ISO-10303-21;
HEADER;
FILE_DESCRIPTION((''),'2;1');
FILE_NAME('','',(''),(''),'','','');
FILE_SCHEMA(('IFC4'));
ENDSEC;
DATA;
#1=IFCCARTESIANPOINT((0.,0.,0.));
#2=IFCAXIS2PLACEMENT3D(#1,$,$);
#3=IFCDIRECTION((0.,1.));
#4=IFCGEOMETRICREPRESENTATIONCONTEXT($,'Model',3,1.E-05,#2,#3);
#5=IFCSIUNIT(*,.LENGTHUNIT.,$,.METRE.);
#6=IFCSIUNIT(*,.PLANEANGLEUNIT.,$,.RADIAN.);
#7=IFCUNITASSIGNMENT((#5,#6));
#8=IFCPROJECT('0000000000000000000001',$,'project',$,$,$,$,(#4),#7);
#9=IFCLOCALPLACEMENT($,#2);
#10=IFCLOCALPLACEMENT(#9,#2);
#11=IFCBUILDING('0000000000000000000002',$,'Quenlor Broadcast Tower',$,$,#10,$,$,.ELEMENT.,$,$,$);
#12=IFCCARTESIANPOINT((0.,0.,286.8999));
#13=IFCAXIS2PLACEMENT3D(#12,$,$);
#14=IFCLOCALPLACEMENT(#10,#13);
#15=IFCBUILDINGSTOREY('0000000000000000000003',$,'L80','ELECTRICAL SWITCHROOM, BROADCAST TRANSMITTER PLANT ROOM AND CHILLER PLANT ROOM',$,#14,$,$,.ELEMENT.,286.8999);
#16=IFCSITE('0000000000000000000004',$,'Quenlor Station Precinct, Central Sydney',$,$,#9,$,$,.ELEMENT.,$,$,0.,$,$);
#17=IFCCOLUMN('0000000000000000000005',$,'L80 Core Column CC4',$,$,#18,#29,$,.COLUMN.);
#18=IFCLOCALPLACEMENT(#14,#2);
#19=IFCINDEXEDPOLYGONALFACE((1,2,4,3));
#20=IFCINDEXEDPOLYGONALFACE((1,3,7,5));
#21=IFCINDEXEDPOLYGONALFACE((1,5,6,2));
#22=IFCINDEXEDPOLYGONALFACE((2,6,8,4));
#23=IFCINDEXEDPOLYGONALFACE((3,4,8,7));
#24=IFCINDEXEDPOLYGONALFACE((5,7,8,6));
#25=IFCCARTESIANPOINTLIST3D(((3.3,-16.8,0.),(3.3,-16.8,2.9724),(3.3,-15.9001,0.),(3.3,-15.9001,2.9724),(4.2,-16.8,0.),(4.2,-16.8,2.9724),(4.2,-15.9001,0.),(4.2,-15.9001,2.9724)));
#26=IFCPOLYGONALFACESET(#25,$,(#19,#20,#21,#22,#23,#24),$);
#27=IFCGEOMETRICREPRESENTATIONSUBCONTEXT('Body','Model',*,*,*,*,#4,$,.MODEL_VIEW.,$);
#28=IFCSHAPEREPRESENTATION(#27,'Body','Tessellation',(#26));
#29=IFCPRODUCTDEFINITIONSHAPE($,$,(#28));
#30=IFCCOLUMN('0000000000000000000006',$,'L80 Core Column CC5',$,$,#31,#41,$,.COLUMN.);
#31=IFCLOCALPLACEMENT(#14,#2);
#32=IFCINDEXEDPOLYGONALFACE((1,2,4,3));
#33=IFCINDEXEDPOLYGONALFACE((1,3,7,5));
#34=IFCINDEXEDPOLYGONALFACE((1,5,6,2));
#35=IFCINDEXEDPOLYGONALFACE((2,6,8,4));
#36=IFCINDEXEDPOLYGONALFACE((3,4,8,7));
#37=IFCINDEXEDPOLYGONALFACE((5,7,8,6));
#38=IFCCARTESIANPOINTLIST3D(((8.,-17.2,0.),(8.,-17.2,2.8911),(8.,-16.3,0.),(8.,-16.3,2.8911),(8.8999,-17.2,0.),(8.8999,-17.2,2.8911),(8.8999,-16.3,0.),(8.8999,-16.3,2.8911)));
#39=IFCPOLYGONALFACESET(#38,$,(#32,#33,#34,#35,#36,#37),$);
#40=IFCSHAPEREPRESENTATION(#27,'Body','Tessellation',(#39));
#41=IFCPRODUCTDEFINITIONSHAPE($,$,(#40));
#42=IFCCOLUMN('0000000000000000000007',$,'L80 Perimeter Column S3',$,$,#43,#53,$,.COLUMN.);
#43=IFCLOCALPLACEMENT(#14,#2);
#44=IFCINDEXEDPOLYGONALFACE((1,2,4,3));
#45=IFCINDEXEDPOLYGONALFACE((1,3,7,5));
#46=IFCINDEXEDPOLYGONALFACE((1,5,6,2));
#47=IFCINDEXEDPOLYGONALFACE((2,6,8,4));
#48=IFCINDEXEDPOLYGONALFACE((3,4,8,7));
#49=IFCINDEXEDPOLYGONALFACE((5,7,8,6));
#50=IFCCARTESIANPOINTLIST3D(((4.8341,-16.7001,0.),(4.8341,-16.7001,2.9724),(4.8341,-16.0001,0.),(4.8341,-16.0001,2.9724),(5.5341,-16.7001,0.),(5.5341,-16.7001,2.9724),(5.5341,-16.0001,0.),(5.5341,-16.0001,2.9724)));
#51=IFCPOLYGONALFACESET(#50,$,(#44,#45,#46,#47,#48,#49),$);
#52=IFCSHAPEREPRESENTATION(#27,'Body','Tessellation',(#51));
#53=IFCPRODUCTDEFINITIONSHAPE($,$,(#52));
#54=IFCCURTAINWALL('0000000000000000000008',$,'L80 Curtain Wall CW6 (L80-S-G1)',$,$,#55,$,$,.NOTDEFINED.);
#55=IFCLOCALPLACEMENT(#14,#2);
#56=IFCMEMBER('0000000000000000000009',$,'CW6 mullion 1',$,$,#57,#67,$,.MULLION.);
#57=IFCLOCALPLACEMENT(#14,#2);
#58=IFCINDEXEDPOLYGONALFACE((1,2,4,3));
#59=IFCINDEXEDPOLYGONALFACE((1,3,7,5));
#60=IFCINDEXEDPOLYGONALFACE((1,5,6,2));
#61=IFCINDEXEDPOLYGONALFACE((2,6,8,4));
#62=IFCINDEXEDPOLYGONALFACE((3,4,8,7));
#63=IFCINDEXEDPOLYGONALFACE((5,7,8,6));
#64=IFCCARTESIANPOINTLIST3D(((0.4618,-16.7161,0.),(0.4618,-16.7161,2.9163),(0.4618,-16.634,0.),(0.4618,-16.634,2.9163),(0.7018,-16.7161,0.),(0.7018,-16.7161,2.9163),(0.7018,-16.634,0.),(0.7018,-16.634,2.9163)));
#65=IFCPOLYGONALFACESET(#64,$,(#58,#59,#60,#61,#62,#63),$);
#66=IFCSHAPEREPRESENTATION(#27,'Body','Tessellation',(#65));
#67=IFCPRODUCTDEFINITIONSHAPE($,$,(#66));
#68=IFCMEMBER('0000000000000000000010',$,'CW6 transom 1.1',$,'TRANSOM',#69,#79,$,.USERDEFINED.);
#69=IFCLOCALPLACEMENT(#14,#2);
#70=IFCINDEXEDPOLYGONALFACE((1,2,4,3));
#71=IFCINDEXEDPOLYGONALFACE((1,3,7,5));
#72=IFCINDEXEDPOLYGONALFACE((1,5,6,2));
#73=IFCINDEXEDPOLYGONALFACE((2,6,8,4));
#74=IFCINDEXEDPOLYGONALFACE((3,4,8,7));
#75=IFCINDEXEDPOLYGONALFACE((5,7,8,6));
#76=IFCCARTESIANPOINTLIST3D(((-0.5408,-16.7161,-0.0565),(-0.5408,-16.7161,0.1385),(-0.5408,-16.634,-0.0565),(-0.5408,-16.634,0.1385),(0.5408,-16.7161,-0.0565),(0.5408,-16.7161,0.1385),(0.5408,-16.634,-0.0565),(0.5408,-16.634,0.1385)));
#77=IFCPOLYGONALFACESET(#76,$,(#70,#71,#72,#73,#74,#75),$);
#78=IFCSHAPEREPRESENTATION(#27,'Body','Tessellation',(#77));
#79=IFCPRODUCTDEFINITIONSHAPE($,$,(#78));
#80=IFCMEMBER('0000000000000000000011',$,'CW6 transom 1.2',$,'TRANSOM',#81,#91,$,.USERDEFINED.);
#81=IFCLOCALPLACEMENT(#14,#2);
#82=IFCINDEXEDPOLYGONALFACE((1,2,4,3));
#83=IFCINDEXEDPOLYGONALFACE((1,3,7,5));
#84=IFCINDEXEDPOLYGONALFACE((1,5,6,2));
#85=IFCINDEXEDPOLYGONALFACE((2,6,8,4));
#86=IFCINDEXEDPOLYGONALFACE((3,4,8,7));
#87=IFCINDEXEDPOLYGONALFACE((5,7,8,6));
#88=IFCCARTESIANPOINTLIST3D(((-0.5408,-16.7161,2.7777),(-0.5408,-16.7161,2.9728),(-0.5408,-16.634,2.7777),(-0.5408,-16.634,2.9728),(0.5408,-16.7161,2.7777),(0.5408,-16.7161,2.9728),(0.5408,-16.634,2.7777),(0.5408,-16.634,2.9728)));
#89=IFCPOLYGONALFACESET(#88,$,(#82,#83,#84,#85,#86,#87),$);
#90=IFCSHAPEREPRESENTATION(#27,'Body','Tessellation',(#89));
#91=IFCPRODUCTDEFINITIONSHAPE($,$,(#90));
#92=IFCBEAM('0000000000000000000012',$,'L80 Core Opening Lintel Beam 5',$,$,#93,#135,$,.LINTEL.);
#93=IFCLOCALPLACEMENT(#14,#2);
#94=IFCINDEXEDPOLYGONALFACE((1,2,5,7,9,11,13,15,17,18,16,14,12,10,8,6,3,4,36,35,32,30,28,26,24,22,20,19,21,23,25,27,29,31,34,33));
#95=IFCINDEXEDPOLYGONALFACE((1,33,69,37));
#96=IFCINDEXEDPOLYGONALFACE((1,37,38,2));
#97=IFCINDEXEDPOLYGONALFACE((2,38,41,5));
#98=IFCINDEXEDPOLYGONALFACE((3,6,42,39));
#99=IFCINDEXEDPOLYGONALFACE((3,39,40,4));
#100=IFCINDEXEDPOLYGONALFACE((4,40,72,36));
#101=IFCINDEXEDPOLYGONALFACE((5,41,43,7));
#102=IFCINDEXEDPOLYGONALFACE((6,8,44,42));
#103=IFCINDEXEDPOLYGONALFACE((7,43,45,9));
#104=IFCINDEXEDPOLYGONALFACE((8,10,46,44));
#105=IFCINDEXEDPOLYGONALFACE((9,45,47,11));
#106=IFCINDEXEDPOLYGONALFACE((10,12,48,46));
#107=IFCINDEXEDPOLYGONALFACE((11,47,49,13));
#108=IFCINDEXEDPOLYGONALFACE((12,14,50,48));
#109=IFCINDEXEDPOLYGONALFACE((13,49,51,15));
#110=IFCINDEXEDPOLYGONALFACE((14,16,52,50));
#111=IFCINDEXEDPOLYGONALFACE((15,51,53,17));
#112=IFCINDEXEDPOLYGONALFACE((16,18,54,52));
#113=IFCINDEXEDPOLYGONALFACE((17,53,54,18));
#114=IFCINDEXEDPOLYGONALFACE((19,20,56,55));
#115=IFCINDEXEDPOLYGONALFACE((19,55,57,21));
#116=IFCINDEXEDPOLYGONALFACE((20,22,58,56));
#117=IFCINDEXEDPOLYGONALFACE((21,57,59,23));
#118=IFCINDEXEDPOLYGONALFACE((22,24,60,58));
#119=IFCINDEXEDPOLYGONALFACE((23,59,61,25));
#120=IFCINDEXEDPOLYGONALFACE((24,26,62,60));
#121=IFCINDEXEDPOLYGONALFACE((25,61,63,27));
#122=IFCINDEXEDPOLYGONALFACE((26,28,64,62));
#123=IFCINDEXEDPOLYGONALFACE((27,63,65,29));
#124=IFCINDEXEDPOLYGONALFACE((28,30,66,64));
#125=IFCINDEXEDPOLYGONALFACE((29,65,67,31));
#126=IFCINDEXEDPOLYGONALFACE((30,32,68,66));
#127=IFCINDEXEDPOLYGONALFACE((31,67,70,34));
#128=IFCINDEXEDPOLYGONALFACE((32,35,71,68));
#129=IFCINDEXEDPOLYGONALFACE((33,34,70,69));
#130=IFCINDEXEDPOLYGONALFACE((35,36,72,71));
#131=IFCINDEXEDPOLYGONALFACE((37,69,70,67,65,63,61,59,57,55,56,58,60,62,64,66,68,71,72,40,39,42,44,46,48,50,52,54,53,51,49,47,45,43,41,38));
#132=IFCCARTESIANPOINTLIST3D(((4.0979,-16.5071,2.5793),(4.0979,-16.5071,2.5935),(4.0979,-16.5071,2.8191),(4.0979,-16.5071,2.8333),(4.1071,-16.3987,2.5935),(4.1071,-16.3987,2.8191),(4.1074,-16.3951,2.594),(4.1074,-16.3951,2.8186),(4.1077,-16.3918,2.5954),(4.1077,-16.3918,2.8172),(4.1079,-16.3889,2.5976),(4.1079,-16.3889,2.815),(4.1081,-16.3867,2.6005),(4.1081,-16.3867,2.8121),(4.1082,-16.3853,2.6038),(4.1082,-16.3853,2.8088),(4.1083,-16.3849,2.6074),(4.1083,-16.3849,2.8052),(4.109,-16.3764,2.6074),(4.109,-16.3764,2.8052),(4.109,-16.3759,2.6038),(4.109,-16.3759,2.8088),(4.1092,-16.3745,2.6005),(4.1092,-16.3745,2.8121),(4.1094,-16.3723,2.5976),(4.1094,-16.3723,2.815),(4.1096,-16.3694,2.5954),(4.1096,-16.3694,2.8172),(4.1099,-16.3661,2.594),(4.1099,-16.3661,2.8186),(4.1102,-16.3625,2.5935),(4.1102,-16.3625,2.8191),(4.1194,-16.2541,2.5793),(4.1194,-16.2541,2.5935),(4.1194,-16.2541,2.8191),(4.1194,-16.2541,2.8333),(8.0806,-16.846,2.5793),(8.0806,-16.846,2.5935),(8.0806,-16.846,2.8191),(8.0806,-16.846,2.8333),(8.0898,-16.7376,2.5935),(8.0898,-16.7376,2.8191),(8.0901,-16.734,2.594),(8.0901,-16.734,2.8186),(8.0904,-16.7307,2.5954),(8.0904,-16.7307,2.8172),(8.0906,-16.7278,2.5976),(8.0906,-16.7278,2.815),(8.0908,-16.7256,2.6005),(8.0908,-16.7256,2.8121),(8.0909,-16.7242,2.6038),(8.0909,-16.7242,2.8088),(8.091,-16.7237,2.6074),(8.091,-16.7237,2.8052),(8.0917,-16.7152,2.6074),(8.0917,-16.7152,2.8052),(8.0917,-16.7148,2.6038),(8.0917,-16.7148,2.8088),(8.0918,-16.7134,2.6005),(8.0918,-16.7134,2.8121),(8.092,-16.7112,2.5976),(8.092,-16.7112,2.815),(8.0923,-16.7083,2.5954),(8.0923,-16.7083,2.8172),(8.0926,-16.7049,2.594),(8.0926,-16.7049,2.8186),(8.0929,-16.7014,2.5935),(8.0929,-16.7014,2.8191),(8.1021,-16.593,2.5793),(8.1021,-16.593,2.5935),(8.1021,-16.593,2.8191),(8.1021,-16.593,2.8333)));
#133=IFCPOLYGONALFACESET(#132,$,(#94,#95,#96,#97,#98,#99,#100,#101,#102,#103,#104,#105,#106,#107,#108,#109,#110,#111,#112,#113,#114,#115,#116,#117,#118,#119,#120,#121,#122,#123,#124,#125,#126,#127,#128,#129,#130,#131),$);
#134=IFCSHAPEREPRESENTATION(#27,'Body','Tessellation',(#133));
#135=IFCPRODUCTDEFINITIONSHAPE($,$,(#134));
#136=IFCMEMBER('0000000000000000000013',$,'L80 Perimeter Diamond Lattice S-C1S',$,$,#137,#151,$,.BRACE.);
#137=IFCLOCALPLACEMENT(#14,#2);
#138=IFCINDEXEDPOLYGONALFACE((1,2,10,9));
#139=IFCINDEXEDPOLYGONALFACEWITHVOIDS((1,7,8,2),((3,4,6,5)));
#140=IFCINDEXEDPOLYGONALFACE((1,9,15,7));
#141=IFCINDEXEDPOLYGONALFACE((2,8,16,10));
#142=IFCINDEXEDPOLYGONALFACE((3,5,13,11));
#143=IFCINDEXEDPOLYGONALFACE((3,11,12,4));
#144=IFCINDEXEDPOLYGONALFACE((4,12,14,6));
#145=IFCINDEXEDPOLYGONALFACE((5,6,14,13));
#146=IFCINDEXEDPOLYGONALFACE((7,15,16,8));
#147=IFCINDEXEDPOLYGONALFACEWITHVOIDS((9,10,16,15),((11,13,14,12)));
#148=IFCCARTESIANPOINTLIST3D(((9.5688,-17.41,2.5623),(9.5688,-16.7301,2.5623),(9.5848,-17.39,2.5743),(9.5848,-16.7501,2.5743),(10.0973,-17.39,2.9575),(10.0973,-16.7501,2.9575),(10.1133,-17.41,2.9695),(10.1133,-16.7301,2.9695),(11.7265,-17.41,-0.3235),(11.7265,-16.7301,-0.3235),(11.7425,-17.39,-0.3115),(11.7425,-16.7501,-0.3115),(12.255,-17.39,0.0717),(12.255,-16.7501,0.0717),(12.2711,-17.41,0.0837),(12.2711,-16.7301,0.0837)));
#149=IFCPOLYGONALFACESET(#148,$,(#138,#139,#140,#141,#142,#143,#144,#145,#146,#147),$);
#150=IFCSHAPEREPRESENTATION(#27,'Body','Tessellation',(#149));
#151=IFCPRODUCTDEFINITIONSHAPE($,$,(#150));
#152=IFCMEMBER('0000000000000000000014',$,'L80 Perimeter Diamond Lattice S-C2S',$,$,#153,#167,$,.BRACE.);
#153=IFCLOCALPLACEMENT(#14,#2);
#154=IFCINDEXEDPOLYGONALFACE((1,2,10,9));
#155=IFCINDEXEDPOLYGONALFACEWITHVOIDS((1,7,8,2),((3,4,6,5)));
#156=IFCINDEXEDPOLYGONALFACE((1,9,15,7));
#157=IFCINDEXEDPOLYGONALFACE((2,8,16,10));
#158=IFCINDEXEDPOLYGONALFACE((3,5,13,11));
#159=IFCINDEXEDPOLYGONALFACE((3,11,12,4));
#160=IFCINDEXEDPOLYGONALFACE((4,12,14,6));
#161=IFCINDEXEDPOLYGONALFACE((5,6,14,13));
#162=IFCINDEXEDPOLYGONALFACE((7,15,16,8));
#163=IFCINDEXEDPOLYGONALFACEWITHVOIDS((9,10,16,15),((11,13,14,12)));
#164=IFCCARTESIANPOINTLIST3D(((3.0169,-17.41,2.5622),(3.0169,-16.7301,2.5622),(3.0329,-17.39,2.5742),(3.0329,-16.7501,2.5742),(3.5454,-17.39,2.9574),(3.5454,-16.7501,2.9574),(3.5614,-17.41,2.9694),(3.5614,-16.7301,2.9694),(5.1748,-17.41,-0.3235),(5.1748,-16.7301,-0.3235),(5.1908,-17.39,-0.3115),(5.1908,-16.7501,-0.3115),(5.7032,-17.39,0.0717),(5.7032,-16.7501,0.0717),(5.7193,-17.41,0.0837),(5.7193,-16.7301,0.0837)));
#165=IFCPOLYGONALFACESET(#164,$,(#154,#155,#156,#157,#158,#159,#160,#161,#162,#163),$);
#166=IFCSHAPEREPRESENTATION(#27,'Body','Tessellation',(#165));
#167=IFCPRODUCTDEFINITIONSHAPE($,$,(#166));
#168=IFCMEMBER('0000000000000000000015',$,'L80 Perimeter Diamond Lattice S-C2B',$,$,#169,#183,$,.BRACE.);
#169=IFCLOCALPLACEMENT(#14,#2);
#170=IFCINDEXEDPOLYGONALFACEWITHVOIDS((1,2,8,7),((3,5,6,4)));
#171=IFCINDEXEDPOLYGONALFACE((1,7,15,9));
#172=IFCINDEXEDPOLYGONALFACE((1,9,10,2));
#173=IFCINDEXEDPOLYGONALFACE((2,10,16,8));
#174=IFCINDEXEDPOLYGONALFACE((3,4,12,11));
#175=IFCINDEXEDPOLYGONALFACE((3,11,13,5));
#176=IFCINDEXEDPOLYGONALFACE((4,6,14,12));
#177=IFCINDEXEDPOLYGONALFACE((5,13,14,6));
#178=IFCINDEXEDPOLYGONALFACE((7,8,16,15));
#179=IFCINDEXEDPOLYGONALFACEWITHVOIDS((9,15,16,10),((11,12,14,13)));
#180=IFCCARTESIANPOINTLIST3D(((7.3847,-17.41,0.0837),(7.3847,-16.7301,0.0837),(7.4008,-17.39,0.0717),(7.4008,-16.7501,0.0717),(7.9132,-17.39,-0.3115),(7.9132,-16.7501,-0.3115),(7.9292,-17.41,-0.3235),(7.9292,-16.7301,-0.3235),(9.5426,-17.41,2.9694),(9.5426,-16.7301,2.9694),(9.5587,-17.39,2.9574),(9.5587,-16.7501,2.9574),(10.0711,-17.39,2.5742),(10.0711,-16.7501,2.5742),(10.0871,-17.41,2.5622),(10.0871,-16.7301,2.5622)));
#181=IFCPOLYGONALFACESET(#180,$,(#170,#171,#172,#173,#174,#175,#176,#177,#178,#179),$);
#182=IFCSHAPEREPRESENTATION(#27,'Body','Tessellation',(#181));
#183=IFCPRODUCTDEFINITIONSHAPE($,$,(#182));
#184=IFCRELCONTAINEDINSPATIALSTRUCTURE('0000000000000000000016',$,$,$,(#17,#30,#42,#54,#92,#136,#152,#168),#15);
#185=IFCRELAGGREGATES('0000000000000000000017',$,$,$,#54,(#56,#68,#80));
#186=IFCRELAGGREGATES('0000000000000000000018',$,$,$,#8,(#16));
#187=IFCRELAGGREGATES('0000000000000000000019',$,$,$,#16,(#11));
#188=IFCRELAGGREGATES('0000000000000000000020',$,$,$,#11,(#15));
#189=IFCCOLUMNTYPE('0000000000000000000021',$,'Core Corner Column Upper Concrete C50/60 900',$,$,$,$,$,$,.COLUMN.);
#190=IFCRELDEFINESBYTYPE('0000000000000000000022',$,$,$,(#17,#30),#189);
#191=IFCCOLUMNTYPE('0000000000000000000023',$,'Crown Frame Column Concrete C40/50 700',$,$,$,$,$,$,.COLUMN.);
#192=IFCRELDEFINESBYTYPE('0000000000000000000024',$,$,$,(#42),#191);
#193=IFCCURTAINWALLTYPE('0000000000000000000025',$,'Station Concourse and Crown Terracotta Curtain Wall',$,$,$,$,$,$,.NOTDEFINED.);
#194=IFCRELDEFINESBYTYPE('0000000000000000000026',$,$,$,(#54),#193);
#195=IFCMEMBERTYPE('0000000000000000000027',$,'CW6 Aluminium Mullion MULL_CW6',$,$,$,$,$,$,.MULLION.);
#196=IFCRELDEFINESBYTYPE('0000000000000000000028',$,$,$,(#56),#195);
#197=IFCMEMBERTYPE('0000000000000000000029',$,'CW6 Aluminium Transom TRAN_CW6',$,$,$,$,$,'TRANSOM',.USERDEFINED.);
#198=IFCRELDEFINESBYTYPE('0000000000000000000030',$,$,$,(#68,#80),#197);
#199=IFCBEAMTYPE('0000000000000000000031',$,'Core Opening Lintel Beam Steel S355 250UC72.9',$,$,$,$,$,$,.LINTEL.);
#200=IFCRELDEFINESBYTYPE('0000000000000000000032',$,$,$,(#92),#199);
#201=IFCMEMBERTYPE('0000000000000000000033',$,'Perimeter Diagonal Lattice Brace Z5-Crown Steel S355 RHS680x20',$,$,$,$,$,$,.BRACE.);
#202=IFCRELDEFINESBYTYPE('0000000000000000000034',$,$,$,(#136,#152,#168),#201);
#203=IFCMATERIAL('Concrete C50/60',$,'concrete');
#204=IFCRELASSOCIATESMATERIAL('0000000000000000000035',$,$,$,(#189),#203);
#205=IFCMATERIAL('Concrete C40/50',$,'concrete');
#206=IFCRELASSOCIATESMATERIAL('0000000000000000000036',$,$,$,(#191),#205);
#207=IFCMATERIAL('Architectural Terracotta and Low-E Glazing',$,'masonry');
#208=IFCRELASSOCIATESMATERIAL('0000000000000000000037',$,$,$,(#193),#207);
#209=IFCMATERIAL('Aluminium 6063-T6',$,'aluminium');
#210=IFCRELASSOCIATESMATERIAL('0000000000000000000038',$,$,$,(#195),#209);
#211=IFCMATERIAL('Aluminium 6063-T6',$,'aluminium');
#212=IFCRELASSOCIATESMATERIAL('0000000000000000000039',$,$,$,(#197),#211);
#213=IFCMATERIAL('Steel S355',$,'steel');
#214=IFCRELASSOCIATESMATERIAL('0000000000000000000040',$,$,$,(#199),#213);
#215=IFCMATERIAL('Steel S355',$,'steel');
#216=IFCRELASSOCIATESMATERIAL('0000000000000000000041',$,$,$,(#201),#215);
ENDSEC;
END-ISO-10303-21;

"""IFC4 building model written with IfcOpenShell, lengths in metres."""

from ifc_helpers import new_model, si_unit, direction, frame, origin, origin_2d, place, context, subcontext, project, spatial, rectangle, hollow_rectangle, i_section, extrude, material, material_profile, profile_set, type_object, element, aggregate, save


model = new_model("IFC4")

# Units and contexts
model_context = context("Model", 3, precision=1e-05, world=origin(), true_north=direction((0.0, 1.0)))
body_context = subcontext(model_context, "Body", "Model", "MODEL_VIEW")
ifc_project = project(units=[si_unit("LENGTHUNIT", "METRE"), si_unit("PLANEANGLEUNIT", "RADIAN")], contexts=[model_context])

# Site, building, storey
site_placement = place(None, origin())
site = spatial("IfcSite", under=ifc_project, at=site_placement, Name="Quenlor Station Precinct, Central Sydney", CompositionType="ELEMENT", RefElevation=0.0)
building_placement = place(site_placement, origin())
building = spatial("IfcBuilding", under=site, at=building_placement, Name="Quenlor Broadcast Tower", CompositionType="ELEMENT")
storey_placement = place(building_placement, frame((0.0, 0.0, 286.8999)))
storey = spatial("IfcBuildingStorey", under=building, at=storey_placement, Name="L80", Description="ELECTRICAL SWITCHROOM, BROADCAST TRANSMITTER PLANT ROOM AND CHILLER PLANT ROOM", CompositionType="ELEMENT", Elevation=286.8999)

# Columns
ifc_material_1 = material(Name="Concrete C50/60", Category="concrete")
ifc_material_profile_1 = material_profile(ifc_material_1, rectangle(XDim=0.8999, YDim=0.8999, at=origin_2d()))
ifc_profile_set_1 = profile_set([ifc_material_profile_1], Name="Concrete C50/60 RC900x900")
column_type_1 = type_object("IfcColumnType", Name="Core Corner Column Upper Concrete C50/60 900", PredefinedType="COLUMN", material=ifc_profile_set_1)
column_1_placement = place(storey_placement, frame((3.75, -16.3501, 0.0), z_axis=(0.0, 0.0, 1.0), x_axis=(1.0, 0.0, 0.0)))
element("IfcColumn", 1, at=column_1_placement, inside=storey, type_object=column_type_1, Name="L80 Core Column CC4", PredefinedType="COLUMN", context=body_context, shape_type="SweptSolid", body=[
    extrude(rectangle(XDim=0.8999, YDim=0.8999, at=origin_2d()), origin(), (0.0, 0.0, 1.0), 2.9724),
])
column_2_placement = place(storey_placement, frame((8.45, -16.75, 0.0), z_axis=(0.0, 0.0, 1.0), x_axis=(1.0, 0.0, 0.0)))
element("IfcColumn", 2, at=column_2_placement, inside=storey, type_object=column_type_1, Name="L80 Core Column CC5", PredefinedType="COLUMN", context=body_context, shape_type="SweptSolid", body=[
    extrude(rectangle(XDim=0.8999, YDim=0.8999, at=origin_2d()), origin(), (0.0, 0.0, 1.0), 2.8911),
])
ifc_material_2 = material(Name="Concrete C40/50", Category="concrete")
ifc_material_profile_2 = material_profile(ifc_material_2, rectangle(XDim=0.7, YDim=0.7, at=origin_2d()))
ifc_profile_set_2 = profile_set([ifc_material_profile_2], Name="Concrete C40/50 RC700x700")
column_type_2 = type_object("IfcColumnType", Name="Crown Frame Column Concrete C40/50 700", PredefinedType="COLUMN", material=ifc_profile_set_2)
column_3_placement = place(storey_placement, frame((5.1841, -16.3501, 0.0), z_axis=(0.0, 0.0, 1.0), x_axis=(0.0, 1.0, 0.0)))
element("IfcColumn", 3, at=column_3_placement, inside=storey, type_object=column_type_2, Name="L80 Perimeter Column S3", PredefinedType="COLUMN", context=body_context, shape_type="SweptSolid", body=[
    extrude(rectangle(XDim=0.7, YDim=0.7, at=origin_2d()), origin(), (0.0, 0.0, 1.0), 2.9724),
])

# Curtain wall, members
ifc_material_3 = material(Name="Architectural Terracotta and Low-E Glazing", Category="masonry")
curtain_wall_type = type_object("IfcCurtainWallType", Name="Station Concourse and Crown Terracotta Curtain Wall", PredefinedType="NOTDEFINED", material=ifc_material_3)
curtain_wall_placement = place(storey_placement, origin())
curtain_wall = element("IfcCurtainWall", 4, at=curtain_wall_placement, inside=storey, type_object=curtain_wall_type, Name="L80 Curtain Wall CW6 (L80-S-G1)", PredefinedType="NOTDEFINED")
ifc_material_4 = material(Name="Aluminium 6063-T6", Category="aluminium")
ifc_material_profile_3 = material_profile(ifc_material_4, rectangle(XDim=0.082, YDim=0.24, at=origin_2d()))
ifc_profile_set_3 = profile_set([ifc_material_profile_3], Name="Aluminium 6063-T6 MULL82x240")
member_type_1 = type_object("IfcMemberType", Name="CW6 Aluminium Mullion MULL_CW6", PredefinedType="MULLION", material=ifc_profile_set_3)
member_1_placement = place(storey_placement, frame((0.5818, -16.675, 0.0), z_axis=(0.0, 0.0, 1.0), x_axis=(0.0, -1.0, 0.0)))
member_1 = element("IfcMember", 5, at=member_1_placement, type_object=member_type_1, Name="CW6 mullion 1", PredefinedType="MULLION", context=body_context, shape_type="SweptSolid", body=[
    extrude(rectangle(XDim=0.082, YDim=0.24, at=origin_2d()), origin(), (0.0, 0.0, 1.0), 2.9163),
])
ifc_material_5 = material(Name="Aluminium 6063-T6", Category="aluminium")
ifc_material_profile_4 = material_profile(ifc_material_5, rectangle(XDim=0.082, YDim=0.1951, at=origin_2d()))
ifc_profile_set_4 = profile_set([ifc_material_profile_4], Name="Aluminium 6063-T6 TRAN82x195")
member_type_2 = type_object("IfcMemberType", Name="CW6 Aluminium Transom TRAN_CW6", ElementType="TRANSOM", PredefinedType="USERDEFINED", material=ifc_profile_set_4)
member_2_placement = place(storey_placement, frame((0.5408, -16.675, 0.041), z_axis=(-1.0, 0.0, 0.0), x_axis=(0.0, -1.0, 0.0)))
member_2 = element("IfcMember", 6, at=member_2_placement, type_object=member_type_2, Name="CW6 transom 1.1", ObjectType="TRANSOM", PredefinedType="USERDEFINED", context=body_context, shape_type="SweptSolid", body=[
    extrude(rectangle(XDim=0.082, YDim=0.1951, at=origin_2d()), origin(), (0.0, 0.0, 1.0), 1.0815),
])
member_3_placement = place(storey_placement, frame((0.5408, -16.675, 2.8752), z_axis=(-1.0, 0.0, 0.0), x_axis=(0.0, -1.0, 0.0)))
member_3 = element("IfcMember", 7, at=member_3_placement, type_object=member_type_2, Name="CW6 transom 1.2", ObjectType="TRANSOM", PredefinedType="USERDEFINED", context=body_context, shape_type="SweptSolid", body=[
    extrude(rectangle(XDim=0.082, YDim=0.1951, at=origin_2d()), origin(), (0.0, 0.0, 1.0), 1.0815),
])
aggregate(curtain_wall, [member_1, member_2, member_3])

# Beam
ifc_material_6 = material(Name="Steel S355", Category="steel")
ifc_material_profile_5 = material_profile(ifc_material_6, i_section(OverallWidth=0.2539, OverallDepth=0.2539, WebThickness=0.0085, FlangeThickness=0.0142, FilletRadius=0.0139, at=origin_2d()))
ifc_profile_set_5 = profile_set([ifc_material_profile_5], Name="Steel S355 250UC72.9")
beam_type = type_object("IfcBeamType", Name="Core Opening Lintel Beam Steel S355 250UC72.9", PredefinedType="LINTEL", material=ifc_profile_set_5)
beam_placement = place(storey_placement, frame((4.1086, -16.3806, 2.7063), z_axis=(0.9964, -0.084779, 0.0), x_axis=(0.084779, 0.9964, 0.0)))
element("IfcBeam", 8, at=beam_placement, inside=storey, type_object=beam_type, Name="L80 Core Opening Lintel Beam 5", PredefinedType="LINTEL", context=body_context, shape_type="SweptSolid", body=[
    extrude(i_section(OverallWidth=0.2539, OverallDepth=0.2539, WebThickness=0.0085, FlangeThickness=0.0142, FilletRadius=0.0139, at=origin_2d()), origin(), (0.0, 0.0, 1.0), 3.9971),
])

# Members
ifc_material_7 = material(Name="Steel S355", Category="steel")
ifc_material_profile_6 = material_profile(ifc_material_7, hollow_rectangle(XDim=0.6799, YDim=0.6799, WallThickness=0.02, at=origin_2d()))
ifc_profile_set_6 = profile_set([ifc_material_profile_6], Name="Steel S355 RHS680x680x20")
member_type_3 = type_object("IfcMemberType", Name="Perimeter Diagonal Lattice Brace Z5-Crown Steel S355 RHS680x20", PredefinedType="BRACE", material=ifc_profile_set_6)
for number, where, z_axis, x_axis, name in (
    (9, (11.9988, -17.0701, -0.1199), (-0.598829, 0.0, 0.800877), (0.0, -1.0, 0.0), "L80 Perimeter Diamond Lattice S-C1S"),
    (10, (5.447, -17.0701, -0.1199), (-0.598872, 0.0, 0.800845), (0.0, -1.0, 0.0), "L80 Perimeter Diamond Lattice S-C2S"),
    (11, (7.657, -17.0701, -0.1199), (0.598872, 0.0, 0.800845), (0.0, 1.0, 0.0), "L80 Perimeter Diamond Lattice S-C2B"),
):
    element("IfcMember", number, at=place(storey_placement, frame(where, z_axis=z_axis, x_axis=x_axis)), inside=storey, type_object=member_type_3, Name=name, PredefinedType="BRACE", context=body_context, shape_type="SweptSolid", body=[
        extrude(hollow_rectangle(XDim=0.6799, YDim=0.6799, WallThickness=0.02, at=origin_2d()), origin(), (0.0, 0.0, 1.0), 3.6033),
    ])

save(model, "model.ifc")
